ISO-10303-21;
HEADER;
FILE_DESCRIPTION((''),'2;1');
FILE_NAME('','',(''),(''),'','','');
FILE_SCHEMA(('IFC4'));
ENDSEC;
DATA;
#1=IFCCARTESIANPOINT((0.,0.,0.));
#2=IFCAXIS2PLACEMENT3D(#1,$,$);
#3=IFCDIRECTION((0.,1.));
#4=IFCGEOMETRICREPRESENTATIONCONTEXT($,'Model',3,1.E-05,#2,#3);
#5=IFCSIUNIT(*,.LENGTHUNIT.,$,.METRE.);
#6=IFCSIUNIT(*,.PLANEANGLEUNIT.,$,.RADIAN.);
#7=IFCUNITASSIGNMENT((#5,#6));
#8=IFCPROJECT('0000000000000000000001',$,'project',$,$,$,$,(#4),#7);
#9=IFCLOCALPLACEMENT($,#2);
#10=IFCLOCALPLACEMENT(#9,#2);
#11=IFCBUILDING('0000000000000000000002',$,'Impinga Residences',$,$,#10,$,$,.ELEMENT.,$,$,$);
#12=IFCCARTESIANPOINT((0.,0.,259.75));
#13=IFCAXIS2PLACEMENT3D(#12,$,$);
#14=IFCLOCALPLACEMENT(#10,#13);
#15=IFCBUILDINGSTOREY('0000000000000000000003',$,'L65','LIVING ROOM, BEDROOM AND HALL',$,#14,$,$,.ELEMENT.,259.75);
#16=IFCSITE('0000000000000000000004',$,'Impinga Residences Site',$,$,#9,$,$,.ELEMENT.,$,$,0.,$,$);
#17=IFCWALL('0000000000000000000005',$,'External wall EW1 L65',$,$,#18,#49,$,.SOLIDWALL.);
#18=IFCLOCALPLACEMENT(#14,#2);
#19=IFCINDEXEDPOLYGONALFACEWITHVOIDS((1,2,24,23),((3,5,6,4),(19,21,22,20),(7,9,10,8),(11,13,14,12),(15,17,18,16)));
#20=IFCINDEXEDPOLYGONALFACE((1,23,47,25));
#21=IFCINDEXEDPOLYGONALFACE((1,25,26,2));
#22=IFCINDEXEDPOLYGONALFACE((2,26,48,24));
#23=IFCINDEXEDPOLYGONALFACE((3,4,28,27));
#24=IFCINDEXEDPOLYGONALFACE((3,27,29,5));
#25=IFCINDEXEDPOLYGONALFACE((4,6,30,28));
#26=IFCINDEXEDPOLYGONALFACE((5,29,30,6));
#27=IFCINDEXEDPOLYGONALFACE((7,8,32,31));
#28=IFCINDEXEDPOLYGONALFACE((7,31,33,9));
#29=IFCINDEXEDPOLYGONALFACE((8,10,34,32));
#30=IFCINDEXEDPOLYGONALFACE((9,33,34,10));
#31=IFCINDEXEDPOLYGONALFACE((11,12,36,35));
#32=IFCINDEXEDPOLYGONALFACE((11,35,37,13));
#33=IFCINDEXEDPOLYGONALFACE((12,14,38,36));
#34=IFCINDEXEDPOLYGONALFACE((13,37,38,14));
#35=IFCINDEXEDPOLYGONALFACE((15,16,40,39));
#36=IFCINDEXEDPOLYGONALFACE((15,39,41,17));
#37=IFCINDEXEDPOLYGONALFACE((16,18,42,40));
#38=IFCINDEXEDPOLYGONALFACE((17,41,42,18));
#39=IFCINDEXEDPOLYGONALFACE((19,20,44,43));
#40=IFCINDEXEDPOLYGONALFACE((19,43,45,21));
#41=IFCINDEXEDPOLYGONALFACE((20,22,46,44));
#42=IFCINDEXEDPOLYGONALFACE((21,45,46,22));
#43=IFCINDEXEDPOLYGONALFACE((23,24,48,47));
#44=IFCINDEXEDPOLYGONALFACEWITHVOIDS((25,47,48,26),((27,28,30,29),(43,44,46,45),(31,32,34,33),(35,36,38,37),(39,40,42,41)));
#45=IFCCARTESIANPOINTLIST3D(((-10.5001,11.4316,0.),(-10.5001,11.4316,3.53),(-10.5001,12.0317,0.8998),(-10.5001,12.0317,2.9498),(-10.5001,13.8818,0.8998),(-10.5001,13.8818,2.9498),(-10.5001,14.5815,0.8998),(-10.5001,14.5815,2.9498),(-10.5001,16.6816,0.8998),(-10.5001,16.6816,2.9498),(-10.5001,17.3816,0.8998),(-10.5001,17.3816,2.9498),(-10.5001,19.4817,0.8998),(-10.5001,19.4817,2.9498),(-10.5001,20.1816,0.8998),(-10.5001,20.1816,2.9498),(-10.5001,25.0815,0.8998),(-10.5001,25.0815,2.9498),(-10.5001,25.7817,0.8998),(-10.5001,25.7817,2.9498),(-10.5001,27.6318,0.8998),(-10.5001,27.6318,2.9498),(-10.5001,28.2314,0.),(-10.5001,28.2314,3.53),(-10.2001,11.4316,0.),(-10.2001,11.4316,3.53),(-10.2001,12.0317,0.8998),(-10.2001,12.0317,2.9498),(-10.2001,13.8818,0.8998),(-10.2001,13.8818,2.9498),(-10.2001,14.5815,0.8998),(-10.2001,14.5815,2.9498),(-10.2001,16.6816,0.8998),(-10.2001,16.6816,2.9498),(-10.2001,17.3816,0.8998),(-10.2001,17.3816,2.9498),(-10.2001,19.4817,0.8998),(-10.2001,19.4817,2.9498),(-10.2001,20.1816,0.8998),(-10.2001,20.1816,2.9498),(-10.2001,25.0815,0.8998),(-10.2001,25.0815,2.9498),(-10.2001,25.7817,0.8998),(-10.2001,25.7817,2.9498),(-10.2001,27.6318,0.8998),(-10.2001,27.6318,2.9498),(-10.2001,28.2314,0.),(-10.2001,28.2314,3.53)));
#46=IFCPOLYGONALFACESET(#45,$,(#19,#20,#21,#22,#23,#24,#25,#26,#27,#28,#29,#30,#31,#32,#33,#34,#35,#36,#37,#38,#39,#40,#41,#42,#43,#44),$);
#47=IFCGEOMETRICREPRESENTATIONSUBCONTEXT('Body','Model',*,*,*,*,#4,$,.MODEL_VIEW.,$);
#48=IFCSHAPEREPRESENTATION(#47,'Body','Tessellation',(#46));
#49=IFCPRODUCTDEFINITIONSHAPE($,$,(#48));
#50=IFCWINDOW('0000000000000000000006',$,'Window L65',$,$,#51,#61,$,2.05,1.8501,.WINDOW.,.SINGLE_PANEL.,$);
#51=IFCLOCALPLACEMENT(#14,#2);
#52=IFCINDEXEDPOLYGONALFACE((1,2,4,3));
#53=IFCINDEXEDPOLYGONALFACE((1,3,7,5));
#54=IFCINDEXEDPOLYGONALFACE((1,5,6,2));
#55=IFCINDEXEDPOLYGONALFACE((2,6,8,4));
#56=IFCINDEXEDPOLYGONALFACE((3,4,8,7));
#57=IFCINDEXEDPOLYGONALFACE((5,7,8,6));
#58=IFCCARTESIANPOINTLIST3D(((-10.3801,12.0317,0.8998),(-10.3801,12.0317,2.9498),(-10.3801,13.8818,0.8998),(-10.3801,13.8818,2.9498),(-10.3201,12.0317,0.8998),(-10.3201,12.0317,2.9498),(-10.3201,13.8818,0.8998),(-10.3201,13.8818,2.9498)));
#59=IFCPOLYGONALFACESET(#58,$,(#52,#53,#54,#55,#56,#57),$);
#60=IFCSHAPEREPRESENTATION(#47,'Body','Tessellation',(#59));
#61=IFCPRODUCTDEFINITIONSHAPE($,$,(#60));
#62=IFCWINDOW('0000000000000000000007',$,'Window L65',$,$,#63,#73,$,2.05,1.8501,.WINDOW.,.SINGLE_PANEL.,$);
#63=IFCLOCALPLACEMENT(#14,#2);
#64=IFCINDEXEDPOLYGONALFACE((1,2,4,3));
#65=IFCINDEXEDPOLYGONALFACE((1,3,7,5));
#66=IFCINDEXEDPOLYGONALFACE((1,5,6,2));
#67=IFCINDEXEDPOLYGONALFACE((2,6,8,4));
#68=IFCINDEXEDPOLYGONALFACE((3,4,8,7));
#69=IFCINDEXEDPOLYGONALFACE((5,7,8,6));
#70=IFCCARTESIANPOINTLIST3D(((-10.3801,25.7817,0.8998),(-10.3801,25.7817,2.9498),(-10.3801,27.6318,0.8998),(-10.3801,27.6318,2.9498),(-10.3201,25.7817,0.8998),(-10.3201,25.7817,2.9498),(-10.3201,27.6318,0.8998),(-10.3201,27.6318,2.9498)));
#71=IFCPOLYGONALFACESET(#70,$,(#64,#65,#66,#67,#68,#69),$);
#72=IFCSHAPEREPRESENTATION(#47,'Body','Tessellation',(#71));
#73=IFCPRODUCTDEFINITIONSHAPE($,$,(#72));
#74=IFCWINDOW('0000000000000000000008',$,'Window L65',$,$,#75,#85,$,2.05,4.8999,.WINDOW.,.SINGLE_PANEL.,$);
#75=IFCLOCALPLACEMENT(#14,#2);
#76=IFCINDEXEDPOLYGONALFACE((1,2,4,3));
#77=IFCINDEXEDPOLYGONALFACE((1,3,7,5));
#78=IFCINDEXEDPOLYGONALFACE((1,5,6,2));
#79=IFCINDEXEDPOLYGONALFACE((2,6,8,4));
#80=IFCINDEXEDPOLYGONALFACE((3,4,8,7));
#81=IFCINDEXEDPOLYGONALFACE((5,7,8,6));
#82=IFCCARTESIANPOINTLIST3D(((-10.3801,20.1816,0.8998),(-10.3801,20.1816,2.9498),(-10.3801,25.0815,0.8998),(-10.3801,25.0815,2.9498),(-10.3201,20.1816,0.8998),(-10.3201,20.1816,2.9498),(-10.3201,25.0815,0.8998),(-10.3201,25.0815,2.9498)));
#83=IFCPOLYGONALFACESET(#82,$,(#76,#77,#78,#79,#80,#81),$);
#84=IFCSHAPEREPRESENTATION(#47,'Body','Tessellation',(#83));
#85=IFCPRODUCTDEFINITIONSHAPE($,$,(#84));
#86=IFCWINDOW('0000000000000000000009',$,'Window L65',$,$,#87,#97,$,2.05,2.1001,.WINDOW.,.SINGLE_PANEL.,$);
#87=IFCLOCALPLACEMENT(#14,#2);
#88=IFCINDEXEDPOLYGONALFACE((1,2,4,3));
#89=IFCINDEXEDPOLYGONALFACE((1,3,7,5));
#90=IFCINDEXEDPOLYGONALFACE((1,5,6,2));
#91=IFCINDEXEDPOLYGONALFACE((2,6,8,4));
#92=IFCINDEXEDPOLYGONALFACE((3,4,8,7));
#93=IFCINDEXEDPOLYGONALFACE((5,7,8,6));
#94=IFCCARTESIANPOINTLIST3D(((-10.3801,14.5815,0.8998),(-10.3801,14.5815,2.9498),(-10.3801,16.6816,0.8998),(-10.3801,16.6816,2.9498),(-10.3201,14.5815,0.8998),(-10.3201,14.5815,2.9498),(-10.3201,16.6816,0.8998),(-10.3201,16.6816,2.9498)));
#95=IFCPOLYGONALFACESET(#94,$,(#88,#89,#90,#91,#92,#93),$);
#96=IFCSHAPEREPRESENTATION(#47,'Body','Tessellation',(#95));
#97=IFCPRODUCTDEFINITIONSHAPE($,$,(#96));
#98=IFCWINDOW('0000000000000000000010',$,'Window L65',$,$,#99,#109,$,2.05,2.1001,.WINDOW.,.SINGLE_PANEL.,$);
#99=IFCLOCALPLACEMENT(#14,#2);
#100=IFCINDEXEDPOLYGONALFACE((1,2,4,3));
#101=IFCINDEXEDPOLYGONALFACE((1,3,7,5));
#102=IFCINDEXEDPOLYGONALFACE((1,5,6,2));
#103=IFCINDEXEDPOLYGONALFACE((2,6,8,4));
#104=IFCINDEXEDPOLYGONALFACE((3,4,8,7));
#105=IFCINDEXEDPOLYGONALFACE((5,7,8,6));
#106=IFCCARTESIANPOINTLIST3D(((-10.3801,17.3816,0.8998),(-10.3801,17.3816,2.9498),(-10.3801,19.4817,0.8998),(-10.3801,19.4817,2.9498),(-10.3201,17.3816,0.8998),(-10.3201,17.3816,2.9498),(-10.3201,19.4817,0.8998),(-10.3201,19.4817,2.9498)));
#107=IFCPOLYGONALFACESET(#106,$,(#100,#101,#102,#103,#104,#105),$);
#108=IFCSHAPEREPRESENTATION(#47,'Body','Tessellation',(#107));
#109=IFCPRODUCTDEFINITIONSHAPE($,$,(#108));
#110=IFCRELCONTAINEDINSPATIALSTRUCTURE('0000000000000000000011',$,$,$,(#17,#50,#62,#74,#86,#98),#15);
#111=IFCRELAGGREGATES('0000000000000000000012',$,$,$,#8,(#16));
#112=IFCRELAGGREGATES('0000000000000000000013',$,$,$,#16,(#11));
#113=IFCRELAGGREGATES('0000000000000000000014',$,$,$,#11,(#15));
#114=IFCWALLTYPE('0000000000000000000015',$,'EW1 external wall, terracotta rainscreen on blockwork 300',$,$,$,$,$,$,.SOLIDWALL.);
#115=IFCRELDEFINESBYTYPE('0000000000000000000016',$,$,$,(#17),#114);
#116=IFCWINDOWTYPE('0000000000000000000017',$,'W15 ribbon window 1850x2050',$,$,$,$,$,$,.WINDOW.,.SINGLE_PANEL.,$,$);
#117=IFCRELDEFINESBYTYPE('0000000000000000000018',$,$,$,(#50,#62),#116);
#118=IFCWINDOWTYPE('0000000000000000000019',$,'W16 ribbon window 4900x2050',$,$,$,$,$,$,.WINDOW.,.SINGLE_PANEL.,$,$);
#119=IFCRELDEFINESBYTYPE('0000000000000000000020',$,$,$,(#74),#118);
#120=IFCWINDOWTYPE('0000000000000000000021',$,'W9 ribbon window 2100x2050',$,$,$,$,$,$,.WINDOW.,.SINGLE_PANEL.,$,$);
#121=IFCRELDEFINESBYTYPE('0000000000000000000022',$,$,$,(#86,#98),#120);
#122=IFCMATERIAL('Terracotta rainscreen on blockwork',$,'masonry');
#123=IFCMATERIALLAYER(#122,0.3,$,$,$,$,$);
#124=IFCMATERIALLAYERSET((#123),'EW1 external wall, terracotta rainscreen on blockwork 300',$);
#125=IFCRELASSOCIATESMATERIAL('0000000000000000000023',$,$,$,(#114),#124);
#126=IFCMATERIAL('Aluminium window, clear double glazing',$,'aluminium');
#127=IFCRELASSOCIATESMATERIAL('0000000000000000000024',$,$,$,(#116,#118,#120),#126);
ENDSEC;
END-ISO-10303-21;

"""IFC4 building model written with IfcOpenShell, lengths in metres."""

from ifc_helpers import new_model, si_unit, direction, frame, frame_2d, origin, place, context, subcontext, project, spatial, rectangle, extrude, material, layer, layer_set, type_object, element, fill, save


model = new_model("IFC4")

# Units and contexts
model_context = context("Model", 3, precision=1e-05, world=origin(), true_north=direction((0.0, 1.0)))
body_context = subcontext(model_context, "Body", "Model", "MODEL_VIEW")
ifc_project = project(units=[si_unit("LENGTHUNIT", "METRE"), si_unit("PLANEANGLEUNIT", "RADIAN")], contexts=[model_context])

# Site, building, storey
site_placement = place(None, origin())
site = spatial("IfcSite", under=ifc_project, at=site_placement, Name="Impinga Residences Site", CompositionType="ELEMENT", RefElevation=0.0)
building_placement = place(site_placement, origin())
building = spatial("IfcBuilding", under=site, at=building_placement, Name="Impinga Residences", CompositionType="ELEMENT")
storey_placement = place(building_placement, frame((0.0, 0.0, 259.75)))
storey = spatial("IfcBuildingStorey", under=building, at=storey_placement, Name="L65", Description="LIVING ROOM, BEDROOM AND HALL", CompositionType="ELEMENT", Elevation=259.75)

# Wall, openings, windows
ifc_material_1 = material(Name="Terracotta rainscreen on blockwork", Category="masonry")
ifc_layer_1 = layer(ifc_material_1, 0.3)
ifc_layer_set_1 = layer_set([ifc_layer_1], Name="EW1 external wall, terracotta rainscreen on blockwork 300")
wall_type_1 = type_object("IfcWallType", Name="EW1 external wall, terracotta rainscreen on blockwork 300", PredefinedType="SOLIDWALL", material=ifc_layer_set_1)
wall_1_placement = place(storey_placement, frame((-10.3501, 11.4316, 0.0), z_axis=(0.0, 0.0, 1.0), x_axis=(0.0, 1.0, 0.0)))
wall_1 = element("IfcWall", 1, at=wall_1_placement, inside=storey, type_object=wall_type_1, Name="External wall EW1 L65", PredefinedType="SOLIDWALL", context=body_context, shape_type="SweptSolid", body=[
    extrude(rectangle(XDim=16.7998, YDim=0.3, at=frame_2d((8.3999, 0.0))), origin(), (0.0, 0.0, 1.0), 3.53),
])
opening_1_placement = place(wall_1_placement, frame((0.6001, 0.0, 0.8999)))
opening_1 = element("IfcOpeningElement", 2, at=opening_1_placement, cuts=wall_1, PredefinedType="OPENING", context=body_context, shape_type="SweptSolid", body=[
    extrude(rectangle(XDim=1.8501, YDim=2.05, at=frame_2d((0.925, 1.0249))), frame((0.0, 0.1599, 0.0), z_axis=(0.0, -1.0, 0.0), x_axis=(1.0, 0.0, 0.0)), (0.0, 0.0, 1.0), 0.3201),
])
opening_2_placement = place(wall_1_placement, frame((3.1499, 0.0, 0.8999)))
opening_2 = element("IfcOpeningElement", 3, at=opening_2_placement, cuts=wall_1, PredefinedType="OPENING", context=body_context, shape_type="SweptSolid", body=[
    extrude(rectangle(XDim=2.1001, YDim=2.05, at=frame_2d((1.05, 1.0249))), frame((0.0, 0.1599, 0.0), z_axis=(0.0, -1.0, 0.0), x_axis=(1.0, 0.0, 0.0)), (0.0, 0.0, 1.0), 0.3201),
])
opening_3_placement = place(wall_1_placement, frame((5.95, 0.0, 0.8999)))
opening_3 = element("IfcOpeningElement", 4, at=opening_3_placement, cuts=wall_1, PredefinedType="OPENING", context=body_context, shape_type="SweptSolid", body=[
    extrude(rectangle(XDim=2.1001, YDim=2.05, at=frame_2d((1.05, 1.0249))), frame((0.0, 0.1599, 0.0), z_axis=(0.0, -1.0, 0.0), x_axis=(1.0, 0.0, 0.0)), (0.0, 0.0, 1.0), 0.3201),
])
opening_4_placement = place(wall_1_placement, frame((8.75, 0.0, 0.8999)))
opening_4 = element("IfcOpeningElement", 5, at=opening_4_placement, cuts=wall_1, PredefinedType="OPENING", context=body_context, shape_type="SweptSolid", body=[
    extrude(rectangle(XDim=4.8999, YDim=2.05, at=frame_2d((2.45, 1.0249))), frame((0.0, 0.1599, 0.0), z_axis=(0.0, -1.0, 0.0), x_axis=(1.0, 0.0, 0.0)), (0.0, 0.0, 1.0), 0.3201),
])
opening_5_placement = place(wall_1_placement, frame((14.3501, 0.0, 0.8999)))
opening_5 = element("IfcOpeningElement", 6, at=opening_5_placement, cuts=wall_1, PredefinedType="OPENING", context=body_context, shape_type="SweptSolid", body=[
    extrude(rectangle(XDim=1.8501, YDim=2.05, at=frame_2d((0.925, 1.0249))), frame((0.0, 0.1599, 0.0), z_axis=(0.0, -1.0, 0.0), x_axis=(1.0, 0.0, 0.0)), (0.0, 0.0, 1.0), 0.3201),
])
ifc_material_2 = material(Name="Aluminium window, clear double glazing", Category="aluminium")
window_type_1 = type_object("IfcWindowType", Name="W15 ribbon window 1850x2050", PartitioningType="SINGLE_PANEL", PredefinedType="WINDOW", material=ifc_material_2)
window_1_placement = place(opening_1_placement, origin())
window_1 = element("IfcWindow", 7, at=window_1_placement, inside=storey, type_object=window_type_1, Name="Window L65", OverallHeight=2.05, OverallWidth=1.8501, PartitioningType="SINGLE_PANEL", PredefinedType="WINDOW", context=body_context, shape_type="SweptSolid", body=[
    extrude(rectangle(XDim=1.8501, YDim=2.05, at=frame_2d((0.925, 1.0249))), frame((0.0, 0.03, 0.0), z_axis=(0.0, -1.0, 0.0), x_axis=(1.0, 0.0, 0.0)), (0.0, 0.0, 1.0), 0.0601),
])
fill(opening_1, window_1)
window_2_placement = place(opening_5_placement, origin())
window_2 = element("IfcWindow", 8, at=window_2_placement, inside=storey, type_object=window_type_1, Name="Window L65", OverallHeight=2.05, OverallWidth=1.8501, PartitioningType="SINGLE_PANEL", PredefinedType="WINDOW", context=body_context, shape_type="SweptSolid", body=[
    extrude(rectangle(XDim=1.8501, YDim=2.05, at=frame_2d((0.925, 1.0249))), frame((0.0, 0.03, 0.0), z_axis=(0.0, -1.0, 0.0), x_axis=(1.0, 0.0, 0.0)), (0.0, 0.0, 1.0), 0.0601),
])
fill(opening_5, window_2)
window_type_2 = type_object("IfcWindowType", Name="W16 ribbon window 4900x2050", PartitioningType="SINGLE_PANEL", PredefinedType="WINDOW", material=ifc_material_2)
window_3_placement = place(opening_4_placement, origin())
window_3 = element("IfcWindow", 9, at=window_3_placement, inside=storey, type_object=window_type_2, Name="Window L65", OverallHeight=2.05, OverallWidth=4.8999, PartitioningType="SINGLE_PANEL", PredefinedType="WINDOW", context=body_context, shape_type="SweptSolid", body=[
    extrude(rectangle(XDim=4.8999, YDim=2.05, at=frame_2d((2.45, 1.0249))), frame((0.0, 0.03, 0.0), z_axis=(0.0, -1.0, 0.0), x_axis=(1.0, 0.0, 0.0)), (0.0, 0.0, 1.0), 0.0601),
])
fill(opening_4, window_3)
window_type_3 = type_object("IfcWindowType", Name="W9 ribbon window 2100x2050", PartitioningType="SINGLE_PANEL", PredefinedType="WINDOW", material=ifc_material_2)
window_4_placement = place(opening_2_placement, origin())
window_4 = element("IfcWindow", 10, at=window_4_placement, inside=storey, type_object=window_type_3, Name="Window L65", OverallHeight=2.05, OverallWidth=2.1001, PartitioningType="SINGLE_PANEL", PredefinedType="WINDOW", context=body_context, shape_type="SweptSolid", body=[
    extrude(rectangle(XDim=2.1001, YDim=2.05, at=frame_2d((1.05, 1.0249))), frame((0.0, 0.03, 0.0), z_axis=(0.0, -1.0, 0.0), x_axis=(1.0, 0.0, 0.0)), (0.0, 0.0, 1.0), 0.0601),
])
fill(opening_2, window_4)
window_5_placement = place(opening_3_placement, origin())
window_5 = element("IfcWindow", 11, at=window_5_placement, inside=storey, type_object=window_type_3, Name="Window L65", OverallHeight=2.05, OverallWidth=2.1001, PartitioningType="SINGLE_PANEL", PredefinedType="WINDOW", context=body_context, shape_type="SweptSolid", body=[
    extrude(rectangle(XDim=2.1001, YDim=2.05, at=frame_2d((1.05, 1.0249))), frame((0.0, 0.03, 0.0), z_axis=(0.0, -1.0, 0.0), x_axis=(1.0, 0.0, 0.0)), (0.0, 0.0, 1.0), 0.0601),
])
fill(opening_3, window_5)

save(model, "model.ifc")
